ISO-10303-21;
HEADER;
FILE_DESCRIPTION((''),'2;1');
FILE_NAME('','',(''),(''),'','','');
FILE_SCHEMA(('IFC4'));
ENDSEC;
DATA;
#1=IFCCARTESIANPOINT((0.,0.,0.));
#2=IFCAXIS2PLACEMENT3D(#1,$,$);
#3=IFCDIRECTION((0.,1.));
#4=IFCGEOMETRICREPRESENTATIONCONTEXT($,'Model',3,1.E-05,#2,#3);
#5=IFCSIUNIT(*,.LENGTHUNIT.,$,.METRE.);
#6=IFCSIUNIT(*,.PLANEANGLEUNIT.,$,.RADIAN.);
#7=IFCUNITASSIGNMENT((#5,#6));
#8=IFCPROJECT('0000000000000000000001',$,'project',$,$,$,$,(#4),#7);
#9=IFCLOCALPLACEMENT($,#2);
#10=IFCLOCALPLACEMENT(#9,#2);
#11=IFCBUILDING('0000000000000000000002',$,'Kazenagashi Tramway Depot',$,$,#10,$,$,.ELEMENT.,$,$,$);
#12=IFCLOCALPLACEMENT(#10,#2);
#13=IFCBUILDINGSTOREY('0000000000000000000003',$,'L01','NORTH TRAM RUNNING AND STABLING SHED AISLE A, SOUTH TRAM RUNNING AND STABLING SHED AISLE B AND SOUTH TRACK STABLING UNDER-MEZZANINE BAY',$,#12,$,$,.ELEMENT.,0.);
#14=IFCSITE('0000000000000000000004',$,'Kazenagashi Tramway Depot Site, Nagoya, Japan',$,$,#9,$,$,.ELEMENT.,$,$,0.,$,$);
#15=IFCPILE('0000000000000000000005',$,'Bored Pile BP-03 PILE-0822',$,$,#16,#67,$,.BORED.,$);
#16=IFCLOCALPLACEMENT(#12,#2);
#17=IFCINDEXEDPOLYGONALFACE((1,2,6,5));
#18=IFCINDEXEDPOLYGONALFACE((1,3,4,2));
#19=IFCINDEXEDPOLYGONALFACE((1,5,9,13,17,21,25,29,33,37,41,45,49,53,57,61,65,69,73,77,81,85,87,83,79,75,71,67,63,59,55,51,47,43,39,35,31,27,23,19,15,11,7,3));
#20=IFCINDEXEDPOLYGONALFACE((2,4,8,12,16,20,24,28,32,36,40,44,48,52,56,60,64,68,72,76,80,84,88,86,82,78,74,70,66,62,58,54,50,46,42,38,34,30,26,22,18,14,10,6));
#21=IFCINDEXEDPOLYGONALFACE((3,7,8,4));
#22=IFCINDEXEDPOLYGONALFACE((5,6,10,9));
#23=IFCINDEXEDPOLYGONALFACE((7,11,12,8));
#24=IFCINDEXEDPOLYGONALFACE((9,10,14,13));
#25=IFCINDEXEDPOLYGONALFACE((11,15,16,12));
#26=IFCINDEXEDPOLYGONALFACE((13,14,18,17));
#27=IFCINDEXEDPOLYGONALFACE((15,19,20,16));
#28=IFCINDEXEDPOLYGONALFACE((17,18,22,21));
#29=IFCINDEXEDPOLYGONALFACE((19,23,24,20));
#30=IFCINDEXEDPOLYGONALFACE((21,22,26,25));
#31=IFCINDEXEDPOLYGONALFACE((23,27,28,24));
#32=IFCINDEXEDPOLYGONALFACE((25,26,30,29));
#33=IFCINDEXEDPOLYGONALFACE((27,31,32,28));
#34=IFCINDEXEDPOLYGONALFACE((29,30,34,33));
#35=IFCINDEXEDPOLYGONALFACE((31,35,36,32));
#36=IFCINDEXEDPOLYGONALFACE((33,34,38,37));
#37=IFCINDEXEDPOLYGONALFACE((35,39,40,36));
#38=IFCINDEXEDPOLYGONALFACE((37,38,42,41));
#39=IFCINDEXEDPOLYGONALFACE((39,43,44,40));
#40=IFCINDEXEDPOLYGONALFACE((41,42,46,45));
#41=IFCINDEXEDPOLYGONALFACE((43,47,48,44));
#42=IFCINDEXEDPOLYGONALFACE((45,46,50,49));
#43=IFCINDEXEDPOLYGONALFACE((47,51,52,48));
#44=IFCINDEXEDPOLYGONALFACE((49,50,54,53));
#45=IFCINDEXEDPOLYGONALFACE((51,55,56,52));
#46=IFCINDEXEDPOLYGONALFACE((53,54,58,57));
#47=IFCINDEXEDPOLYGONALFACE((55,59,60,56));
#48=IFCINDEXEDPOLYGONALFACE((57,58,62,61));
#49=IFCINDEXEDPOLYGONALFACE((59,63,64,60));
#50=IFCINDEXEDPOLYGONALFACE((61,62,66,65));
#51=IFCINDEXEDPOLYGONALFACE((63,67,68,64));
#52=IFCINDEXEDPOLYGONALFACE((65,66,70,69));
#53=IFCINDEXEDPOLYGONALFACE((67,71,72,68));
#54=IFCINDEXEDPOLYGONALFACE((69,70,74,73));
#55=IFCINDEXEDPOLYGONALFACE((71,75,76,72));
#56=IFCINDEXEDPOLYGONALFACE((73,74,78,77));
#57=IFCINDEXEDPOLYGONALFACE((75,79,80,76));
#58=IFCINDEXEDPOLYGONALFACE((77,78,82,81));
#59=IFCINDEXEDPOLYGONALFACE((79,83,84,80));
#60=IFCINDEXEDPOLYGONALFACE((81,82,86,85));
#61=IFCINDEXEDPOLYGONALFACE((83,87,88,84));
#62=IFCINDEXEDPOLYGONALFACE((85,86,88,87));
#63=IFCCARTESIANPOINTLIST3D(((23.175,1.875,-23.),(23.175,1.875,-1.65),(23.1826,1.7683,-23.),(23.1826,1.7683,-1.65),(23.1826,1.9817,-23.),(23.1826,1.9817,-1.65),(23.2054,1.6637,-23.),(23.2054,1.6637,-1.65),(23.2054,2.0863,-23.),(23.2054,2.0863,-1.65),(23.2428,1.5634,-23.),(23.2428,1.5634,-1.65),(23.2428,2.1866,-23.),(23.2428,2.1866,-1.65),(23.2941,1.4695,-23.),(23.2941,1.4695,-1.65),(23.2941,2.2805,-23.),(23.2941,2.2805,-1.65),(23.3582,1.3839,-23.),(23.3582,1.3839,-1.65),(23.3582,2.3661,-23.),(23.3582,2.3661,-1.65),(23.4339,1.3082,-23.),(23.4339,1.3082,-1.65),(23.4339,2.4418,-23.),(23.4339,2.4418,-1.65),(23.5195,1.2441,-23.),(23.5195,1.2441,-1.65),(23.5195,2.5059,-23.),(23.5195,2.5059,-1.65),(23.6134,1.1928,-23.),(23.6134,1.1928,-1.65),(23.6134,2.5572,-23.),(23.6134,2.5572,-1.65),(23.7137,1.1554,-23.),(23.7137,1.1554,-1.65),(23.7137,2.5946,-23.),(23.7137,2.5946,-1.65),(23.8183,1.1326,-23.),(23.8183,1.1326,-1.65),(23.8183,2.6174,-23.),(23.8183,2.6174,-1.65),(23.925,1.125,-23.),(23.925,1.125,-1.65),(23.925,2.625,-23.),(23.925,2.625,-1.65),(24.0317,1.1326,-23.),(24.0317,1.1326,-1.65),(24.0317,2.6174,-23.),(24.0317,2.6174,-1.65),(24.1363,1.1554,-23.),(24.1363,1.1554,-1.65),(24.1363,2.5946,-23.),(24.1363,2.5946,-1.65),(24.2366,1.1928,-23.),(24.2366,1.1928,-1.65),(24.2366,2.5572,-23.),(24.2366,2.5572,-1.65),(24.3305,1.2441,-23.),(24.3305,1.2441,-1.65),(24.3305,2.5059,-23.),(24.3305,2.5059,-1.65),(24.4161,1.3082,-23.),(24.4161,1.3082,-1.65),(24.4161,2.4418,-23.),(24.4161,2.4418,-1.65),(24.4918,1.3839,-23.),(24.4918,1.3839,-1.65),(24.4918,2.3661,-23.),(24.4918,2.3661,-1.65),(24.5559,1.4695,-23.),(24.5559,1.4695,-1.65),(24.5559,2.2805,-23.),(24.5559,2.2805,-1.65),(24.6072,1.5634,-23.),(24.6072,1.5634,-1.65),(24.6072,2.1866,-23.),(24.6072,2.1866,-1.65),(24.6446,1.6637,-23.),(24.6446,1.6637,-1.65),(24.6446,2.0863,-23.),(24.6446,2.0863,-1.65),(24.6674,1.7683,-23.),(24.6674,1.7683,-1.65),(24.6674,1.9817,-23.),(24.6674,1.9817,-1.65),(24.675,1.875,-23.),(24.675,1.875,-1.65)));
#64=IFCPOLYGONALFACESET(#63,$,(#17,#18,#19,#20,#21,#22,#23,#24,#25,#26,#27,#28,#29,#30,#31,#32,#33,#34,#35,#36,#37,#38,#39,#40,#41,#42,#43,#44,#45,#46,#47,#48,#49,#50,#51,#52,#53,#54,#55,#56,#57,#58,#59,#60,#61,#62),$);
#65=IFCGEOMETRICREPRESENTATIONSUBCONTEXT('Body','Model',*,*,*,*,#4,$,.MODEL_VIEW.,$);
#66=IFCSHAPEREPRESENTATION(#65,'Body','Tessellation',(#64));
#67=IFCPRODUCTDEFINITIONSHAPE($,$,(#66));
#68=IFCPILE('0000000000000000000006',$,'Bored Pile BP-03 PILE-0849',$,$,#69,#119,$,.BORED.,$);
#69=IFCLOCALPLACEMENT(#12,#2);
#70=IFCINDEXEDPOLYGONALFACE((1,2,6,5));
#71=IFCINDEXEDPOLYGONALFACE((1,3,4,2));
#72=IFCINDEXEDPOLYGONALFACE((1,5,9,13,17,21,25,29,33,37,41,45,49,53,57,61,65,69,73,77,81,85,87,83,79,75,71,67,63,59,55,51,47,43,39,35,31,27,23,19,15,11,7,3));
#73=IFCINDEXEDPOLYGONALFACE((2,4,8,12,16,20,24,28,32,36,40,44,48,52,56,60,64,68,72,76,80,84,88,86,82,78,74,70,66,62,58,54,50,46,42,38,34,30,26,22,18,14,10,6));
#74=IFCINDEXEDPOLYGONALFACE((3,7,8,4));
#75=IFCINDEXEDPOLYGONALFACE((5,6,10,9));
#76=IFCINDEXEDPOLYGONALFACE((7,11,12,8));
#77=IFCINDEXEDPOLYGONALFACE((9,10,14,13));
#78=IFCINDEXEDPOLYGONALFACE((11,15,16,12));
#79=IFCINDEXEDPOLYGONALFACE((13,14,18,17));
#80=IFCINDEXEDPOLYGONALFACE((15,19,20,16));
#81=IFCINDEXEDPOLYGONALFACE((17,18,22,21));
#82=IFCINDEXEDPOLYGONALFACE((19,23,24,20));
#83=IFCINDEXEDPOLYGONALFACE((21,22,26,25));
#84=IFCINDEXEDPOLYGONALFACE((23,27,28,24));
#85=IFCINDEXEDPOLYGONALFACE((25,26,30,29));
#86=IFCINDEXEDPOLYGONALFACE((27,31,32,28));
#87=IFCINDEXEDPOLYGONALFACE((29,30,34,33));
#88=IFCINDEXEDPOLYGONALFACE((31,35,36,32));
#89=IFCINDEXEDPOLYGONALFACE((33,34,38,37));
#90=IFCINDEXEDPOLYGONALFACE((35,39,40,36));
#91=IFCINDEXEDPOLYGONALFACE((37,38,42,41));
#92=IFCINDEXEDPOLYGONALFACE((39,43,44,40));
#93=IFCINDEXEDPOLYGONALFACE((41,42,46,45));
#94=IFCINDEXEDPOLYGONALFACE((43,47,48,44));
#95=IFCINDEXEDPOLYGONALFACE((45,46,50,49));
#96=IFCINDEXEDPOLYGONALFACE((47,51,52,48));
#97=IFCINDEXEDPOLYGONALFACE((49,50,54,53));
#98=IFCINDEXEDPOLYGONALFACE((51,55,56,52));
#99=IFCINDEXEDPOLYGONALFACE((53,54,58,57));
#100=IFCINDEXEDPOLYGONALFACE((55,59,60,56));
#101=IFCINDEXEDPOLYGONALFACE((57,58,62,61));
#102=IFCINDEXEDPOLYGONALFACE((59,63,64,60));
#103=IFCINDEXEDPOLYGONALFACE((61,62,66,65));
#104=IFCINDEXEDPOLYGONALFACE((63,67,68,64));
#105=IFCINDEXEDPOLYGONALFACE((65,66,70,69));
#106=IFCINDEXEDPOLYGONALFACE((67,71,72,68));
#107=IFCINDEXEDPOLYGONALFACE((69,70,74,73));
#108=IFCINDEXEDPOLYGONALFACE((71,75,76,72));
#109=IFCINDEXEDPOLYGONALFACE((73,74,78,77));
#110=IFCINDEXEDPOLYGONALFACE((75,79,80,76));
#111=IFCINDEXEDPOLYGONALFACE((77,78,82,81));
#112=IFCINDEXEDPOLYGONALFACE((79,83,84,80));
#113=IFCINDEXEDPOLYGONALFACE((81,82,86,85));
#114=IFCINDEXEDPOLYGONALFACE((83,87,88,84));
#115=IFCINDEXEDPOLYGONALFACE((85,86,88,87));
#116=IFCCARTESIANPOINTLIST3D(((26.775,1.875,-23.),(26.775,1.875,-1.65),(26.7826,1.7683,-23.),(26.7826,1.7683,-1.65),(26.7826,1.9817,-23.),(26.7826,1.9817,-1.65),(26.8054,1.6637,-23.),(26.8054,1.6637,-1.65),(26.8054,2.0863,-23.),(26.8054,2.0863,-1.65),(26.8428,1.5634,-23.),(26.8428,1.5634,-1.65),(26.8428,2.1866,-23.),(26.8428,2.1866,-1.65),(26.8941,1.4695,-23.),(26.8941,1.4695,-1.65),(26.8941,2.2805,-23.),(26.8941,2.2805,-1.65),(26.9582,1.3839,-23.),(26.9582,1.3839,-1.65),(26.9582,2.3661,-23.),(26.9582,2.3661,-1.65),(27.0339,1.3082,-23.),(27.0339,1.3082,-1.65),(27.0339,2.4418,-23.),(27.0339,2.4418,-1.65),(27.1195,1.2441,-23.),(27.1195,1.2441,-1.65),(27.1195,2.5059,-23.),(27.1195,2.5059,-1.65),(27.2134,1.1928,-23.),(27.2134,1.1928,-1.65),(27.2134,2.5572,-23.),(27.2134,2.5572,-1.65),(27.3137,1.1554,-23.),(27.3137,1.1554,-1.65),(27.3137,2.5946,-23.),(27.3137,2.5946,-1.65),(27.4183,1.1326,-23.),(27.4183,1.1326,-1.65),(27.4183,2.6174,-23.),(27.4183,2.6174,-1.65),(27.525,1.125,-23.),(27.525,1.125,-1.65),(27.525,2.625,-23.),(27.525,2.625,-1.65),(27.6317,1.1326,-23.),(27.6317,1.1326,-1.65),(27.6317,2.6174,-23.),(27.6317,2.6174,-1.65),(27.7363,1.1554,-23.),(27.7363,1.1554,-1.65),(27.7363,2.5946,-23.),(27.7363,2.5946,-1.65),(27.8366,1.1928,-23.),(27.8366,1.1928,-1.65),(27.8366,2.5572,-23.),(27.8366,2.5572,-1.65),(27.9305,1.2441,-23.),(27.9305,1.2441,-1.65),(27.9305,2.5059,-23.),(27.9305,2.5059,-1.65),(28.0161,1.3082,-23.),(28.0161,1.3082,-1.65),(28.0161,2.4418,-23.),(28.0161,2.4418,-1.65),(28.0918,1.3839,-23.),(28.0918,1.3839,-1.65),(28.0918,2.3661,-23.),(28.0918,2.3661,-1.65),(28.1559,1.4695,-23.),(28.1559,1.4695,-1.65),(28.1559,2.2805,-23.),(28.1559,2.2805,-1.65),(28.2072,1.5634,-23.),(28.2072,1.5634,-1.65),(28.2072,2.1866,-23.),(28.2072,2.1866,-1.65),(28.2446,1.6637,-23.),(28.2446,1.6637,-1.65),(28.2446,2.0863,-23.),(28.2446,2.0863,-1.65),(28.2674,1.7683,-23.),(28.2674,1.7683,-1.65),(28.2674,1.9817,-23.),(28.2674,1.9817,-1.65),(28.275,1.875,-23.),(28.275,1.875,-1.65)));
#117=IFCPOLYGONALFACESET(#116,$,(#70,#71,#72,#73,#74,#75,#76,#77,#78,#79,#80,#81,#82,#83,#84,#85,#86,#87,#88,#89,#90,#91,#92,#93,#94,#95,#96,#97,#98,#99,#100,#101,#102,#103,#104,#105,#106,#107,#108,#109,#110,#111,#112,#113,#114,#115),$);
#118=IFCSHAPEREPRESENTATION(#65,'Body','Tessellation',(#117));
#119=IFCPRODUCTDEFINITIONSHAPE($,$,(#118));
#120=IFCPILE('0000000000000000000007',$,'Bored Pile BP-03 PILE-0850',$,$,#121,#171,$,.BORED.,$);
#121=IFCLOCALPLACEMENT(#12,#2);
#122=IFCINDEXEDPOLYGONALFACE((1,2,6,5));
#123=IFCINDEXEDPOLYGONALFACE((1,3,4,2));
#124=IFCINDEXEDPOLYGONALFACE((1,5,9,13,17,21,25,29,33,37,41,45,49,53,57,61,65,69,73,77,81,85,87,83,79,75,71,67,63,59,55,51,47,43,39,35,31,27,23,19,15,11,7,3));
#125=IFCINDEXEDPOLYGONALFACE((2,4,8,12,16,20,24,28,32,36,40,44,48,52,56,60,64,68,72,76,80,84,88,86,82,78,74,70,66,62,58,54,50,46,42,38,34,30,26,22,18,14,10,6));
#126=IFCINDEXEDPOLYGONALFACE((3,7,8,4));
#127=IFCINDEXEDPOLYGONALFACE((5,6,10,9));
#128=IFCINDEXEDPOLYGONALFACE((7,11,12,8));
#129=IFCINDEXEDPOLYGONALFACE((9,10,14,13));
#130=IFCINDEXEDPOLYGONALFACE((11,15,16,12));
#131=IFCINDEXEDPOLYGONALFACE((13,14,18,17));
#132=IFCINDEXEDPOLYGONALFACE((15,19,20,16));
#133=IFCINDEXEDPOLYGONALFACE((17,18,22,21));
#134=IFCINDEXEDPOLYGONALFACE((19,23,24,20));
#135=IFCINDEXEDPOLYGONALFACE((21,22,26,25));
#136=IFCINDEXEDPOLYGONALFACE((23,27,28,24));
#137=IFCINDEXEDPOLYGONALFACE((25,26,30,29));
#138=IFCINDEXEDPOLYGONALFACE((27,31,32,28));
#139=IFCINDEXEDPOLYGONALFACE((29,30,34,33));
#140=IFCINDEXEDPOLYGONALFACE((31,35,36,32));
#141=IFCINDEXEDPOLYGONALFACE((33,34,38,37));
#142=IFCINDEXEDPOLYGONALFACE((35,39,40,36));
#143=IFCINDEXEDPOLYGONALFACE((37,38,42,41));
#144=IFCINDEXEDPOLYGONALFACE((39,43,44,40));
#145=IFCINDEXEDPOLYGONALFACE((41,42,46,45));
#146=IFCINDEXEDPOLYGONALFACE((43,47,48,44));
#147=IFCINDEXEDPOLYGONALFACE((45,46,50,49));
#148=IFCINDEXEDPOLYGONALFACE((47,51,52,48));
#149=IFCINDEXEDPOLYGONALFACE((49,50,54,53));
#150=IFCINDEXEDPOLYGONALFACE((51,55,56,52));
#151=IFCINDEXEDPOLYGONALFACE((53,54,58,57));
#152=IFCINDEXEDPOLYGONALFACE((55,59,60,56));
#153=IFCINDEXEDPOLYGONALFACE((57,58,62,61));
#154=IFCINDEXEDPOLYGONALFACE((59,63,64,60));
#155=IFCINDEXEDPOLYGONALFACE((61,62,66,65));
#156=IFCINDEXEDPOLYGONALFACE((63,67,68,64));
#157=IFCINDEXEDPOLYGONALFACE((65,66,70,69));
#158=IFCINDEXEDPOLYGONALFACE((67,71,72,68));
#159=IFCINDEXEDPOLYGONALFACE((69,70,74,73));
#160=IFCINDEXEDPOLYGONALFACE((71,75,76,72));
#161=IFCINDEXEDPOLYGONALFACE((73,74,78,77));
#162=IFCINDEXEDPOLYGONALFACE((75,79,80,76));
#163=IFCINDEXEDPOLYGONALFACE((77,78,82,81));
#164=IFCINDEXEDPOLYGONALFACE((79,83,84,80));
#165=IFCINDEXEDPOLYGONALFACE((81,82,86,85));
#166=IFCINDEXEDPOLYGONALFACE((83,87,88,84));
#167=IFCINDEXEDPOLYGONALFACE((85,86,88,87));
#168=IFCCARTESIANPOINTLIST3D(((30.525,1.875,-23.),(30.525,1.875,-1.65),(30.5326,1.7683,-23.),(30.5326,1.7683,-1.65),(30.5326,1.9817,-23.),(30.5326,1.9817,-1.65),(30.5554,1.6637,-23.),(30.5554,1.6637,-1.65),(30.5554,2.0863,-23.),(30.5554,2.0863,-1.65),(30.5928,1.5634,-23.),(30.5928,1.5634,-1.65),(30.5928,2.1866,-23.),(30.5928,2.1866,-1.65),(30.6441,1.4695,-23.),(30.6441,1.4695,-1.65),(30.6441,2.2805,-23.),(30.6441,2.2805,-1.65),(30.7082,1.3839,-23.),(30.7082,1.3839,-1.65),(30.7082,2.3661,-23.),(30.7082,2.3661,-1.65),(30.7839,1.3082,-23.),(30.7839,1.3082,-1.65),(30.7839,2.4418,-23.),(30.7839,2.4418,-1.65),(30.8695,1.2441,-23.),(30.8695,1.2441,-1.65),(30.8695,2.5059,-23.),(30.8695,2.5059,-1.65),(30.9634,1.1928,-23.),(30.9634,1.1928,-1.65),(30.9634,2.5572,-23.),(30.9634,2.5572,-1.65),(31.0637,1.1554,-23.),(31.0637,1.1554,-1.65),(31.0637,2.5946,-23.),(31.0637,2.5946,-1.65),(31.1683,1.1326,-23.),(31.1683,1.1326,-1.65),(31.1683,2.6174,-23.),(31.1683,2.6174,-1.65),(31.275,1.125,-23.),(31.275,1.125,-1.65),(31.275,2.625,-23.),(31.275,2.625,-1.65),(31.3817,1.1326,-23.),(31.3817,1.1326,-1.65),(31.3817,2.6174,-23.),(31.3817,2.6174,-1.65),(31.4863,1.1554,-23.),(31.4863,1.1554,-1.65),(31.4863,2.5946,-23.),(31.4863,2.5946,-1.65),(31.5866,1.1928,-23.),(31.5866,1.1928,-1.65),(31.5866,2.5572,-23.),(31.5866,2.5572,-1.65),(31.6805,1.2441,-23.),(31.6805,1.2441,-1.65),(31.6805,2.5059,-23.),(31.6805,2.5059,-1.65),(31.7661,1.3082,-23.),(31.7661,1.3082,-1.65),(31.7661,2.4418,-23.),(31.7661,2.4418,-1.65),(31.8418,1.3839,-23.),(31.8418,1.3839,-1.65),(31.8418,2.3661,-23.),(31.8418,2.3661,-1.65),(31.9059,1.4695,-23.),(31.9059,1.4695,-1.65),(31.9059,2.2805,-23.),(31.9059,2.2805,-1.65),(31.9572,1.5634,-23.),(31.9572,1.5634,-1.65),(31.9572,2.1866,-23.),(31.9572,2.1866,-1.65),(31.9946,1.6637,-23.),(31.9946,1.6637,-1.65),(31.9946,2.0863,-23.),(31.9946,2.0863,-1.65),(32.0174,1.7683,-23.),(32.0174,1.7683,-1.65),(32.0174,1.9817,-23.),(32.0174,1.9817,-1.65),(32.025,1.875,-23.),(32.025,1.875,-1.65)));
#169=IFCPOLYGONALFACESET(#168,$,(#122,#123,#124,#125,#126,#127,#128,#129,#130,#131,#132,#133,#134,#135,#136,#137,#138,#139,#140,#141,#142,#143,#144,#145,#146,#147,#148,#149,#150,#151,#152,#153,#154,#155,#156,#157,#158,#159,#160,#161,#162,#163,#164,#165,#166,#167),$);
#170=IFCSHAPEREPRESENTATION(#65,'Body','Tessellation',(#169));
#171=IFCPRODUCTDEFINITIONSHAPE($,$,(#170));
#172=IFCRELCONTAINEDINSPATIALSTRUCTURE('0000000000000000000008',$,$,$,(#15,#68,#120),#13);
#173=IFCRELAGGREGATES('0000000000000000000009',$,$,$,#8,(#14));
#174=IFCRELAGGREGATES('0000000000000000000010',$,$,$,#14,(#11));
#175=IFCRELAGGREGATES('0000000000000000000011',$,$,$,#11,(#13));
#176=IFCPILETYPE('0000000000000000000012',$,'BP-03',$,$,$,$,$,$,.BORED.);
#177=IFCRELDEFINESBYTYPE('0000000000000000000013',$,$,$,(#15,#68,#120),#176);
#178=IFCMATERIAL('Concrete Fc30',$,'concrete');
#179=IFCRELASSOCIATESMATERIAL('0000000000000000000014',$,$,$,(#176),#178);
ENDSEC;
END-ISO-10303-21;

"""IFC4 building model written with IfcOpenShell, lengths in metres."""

from ifc_helpers import new_model, si_unit, direction, frame, origin, origin_2d, place, context, subcontext, project, spatial, circle, extrude, material, material_profile, profile_set, type_object, element, save


model = new_model("IFC4")

# Units and contexts
model_context = context("Model", 3, precision=1e-05, world=origin(), true_north=direction((0.0, 1.0)))
body_context = subcontext(model_context, "Body", "Model", "MODEL_VIEW")
ifc_project = project(units=[si_unit("LENGTHUNIT", "METRE"), si_unit("PLANEANGLEUNIT", "RADIAN")], contexts=[model_context])

# Site, building, storey
site_placement = place(None, origin())
site = spatial("IfcSite", under=ifc_project, at=site_placement, Name="Kazenagashi Tramway Depot Site, Nagoya, Japan", CompositionType="ELEMENT", RefElevation=0.0)
building_placement = place(site_placement, origin())
building = spatial("IfcBuilding", under=site, at=building_placement, Name="Kazenagashi Tramway Depot", CompositionType="ELEMENT")
storey_placement = place(building_placement, origin())
storey = spatial("IfcBuildingStorey", under=building, at=storey_placement, Name="L01", Description="NORTH TRAM RUNNING AND STABLING SHED AISLE A, SOUTH TRAM RUNNING AND STABLING SHED AISLE B AND SOUTH TRACK STABLING UNDER-MEZZANINE BAY", CompositionType="ELEMENT", Elevation=0.0)

# Piles
ifc_material_1 = material(Name="Concrete Fc30", Category="concrete")
ifc_material_profile_1 = material_profile(ifc_material_1, circle(Radius=0.75, at=origin_2d()), Name="PILE-1500")
ifc_profile_set_1 = profile_set([ifc_material_profile_1], Name="Concrete Fc30")
pile_type_1 = type_object("IfcPileType", Name="BP-03", PredefinedType="BORED", material=ifc_profile_set_1)
for number, where, z_axis, x_axis, name in (
    (1, (23.925, 1.875, -1.65), (0.0, 0.0, -1.0), (1.0, 0.0, 0.0), "Bored Pile BP-03 PILE-0822"),
    (2, (27.525, 1.875, -1.65), (0.0, 0.0, -1.0), (1.0, 0.0, 0.0), "Bored Pile BP-03 PILE-0849"),
    (3, (31.275, 1.875, -1.65), (0.0, 0.0, -1.0), (1.0, 0.0, 0.0), "Bored Pile BP-03 PILE-0850"),
):
    element("IfcPile", number, at=place(storey_placement, frame(where, z_axis=z_axis, x_axis=x_axis)), inside=storey, type_object=pile_type_1, Name=name, PredefinedType="BORED", context=body_context, shape_type="SweptSolid", body=[
        extrude(circle(Radius=0.75, at=origin_2d()), origin(), (0.0, 0.0, 1.0), 21.35),
    ])

save(model, "model.ifc")
